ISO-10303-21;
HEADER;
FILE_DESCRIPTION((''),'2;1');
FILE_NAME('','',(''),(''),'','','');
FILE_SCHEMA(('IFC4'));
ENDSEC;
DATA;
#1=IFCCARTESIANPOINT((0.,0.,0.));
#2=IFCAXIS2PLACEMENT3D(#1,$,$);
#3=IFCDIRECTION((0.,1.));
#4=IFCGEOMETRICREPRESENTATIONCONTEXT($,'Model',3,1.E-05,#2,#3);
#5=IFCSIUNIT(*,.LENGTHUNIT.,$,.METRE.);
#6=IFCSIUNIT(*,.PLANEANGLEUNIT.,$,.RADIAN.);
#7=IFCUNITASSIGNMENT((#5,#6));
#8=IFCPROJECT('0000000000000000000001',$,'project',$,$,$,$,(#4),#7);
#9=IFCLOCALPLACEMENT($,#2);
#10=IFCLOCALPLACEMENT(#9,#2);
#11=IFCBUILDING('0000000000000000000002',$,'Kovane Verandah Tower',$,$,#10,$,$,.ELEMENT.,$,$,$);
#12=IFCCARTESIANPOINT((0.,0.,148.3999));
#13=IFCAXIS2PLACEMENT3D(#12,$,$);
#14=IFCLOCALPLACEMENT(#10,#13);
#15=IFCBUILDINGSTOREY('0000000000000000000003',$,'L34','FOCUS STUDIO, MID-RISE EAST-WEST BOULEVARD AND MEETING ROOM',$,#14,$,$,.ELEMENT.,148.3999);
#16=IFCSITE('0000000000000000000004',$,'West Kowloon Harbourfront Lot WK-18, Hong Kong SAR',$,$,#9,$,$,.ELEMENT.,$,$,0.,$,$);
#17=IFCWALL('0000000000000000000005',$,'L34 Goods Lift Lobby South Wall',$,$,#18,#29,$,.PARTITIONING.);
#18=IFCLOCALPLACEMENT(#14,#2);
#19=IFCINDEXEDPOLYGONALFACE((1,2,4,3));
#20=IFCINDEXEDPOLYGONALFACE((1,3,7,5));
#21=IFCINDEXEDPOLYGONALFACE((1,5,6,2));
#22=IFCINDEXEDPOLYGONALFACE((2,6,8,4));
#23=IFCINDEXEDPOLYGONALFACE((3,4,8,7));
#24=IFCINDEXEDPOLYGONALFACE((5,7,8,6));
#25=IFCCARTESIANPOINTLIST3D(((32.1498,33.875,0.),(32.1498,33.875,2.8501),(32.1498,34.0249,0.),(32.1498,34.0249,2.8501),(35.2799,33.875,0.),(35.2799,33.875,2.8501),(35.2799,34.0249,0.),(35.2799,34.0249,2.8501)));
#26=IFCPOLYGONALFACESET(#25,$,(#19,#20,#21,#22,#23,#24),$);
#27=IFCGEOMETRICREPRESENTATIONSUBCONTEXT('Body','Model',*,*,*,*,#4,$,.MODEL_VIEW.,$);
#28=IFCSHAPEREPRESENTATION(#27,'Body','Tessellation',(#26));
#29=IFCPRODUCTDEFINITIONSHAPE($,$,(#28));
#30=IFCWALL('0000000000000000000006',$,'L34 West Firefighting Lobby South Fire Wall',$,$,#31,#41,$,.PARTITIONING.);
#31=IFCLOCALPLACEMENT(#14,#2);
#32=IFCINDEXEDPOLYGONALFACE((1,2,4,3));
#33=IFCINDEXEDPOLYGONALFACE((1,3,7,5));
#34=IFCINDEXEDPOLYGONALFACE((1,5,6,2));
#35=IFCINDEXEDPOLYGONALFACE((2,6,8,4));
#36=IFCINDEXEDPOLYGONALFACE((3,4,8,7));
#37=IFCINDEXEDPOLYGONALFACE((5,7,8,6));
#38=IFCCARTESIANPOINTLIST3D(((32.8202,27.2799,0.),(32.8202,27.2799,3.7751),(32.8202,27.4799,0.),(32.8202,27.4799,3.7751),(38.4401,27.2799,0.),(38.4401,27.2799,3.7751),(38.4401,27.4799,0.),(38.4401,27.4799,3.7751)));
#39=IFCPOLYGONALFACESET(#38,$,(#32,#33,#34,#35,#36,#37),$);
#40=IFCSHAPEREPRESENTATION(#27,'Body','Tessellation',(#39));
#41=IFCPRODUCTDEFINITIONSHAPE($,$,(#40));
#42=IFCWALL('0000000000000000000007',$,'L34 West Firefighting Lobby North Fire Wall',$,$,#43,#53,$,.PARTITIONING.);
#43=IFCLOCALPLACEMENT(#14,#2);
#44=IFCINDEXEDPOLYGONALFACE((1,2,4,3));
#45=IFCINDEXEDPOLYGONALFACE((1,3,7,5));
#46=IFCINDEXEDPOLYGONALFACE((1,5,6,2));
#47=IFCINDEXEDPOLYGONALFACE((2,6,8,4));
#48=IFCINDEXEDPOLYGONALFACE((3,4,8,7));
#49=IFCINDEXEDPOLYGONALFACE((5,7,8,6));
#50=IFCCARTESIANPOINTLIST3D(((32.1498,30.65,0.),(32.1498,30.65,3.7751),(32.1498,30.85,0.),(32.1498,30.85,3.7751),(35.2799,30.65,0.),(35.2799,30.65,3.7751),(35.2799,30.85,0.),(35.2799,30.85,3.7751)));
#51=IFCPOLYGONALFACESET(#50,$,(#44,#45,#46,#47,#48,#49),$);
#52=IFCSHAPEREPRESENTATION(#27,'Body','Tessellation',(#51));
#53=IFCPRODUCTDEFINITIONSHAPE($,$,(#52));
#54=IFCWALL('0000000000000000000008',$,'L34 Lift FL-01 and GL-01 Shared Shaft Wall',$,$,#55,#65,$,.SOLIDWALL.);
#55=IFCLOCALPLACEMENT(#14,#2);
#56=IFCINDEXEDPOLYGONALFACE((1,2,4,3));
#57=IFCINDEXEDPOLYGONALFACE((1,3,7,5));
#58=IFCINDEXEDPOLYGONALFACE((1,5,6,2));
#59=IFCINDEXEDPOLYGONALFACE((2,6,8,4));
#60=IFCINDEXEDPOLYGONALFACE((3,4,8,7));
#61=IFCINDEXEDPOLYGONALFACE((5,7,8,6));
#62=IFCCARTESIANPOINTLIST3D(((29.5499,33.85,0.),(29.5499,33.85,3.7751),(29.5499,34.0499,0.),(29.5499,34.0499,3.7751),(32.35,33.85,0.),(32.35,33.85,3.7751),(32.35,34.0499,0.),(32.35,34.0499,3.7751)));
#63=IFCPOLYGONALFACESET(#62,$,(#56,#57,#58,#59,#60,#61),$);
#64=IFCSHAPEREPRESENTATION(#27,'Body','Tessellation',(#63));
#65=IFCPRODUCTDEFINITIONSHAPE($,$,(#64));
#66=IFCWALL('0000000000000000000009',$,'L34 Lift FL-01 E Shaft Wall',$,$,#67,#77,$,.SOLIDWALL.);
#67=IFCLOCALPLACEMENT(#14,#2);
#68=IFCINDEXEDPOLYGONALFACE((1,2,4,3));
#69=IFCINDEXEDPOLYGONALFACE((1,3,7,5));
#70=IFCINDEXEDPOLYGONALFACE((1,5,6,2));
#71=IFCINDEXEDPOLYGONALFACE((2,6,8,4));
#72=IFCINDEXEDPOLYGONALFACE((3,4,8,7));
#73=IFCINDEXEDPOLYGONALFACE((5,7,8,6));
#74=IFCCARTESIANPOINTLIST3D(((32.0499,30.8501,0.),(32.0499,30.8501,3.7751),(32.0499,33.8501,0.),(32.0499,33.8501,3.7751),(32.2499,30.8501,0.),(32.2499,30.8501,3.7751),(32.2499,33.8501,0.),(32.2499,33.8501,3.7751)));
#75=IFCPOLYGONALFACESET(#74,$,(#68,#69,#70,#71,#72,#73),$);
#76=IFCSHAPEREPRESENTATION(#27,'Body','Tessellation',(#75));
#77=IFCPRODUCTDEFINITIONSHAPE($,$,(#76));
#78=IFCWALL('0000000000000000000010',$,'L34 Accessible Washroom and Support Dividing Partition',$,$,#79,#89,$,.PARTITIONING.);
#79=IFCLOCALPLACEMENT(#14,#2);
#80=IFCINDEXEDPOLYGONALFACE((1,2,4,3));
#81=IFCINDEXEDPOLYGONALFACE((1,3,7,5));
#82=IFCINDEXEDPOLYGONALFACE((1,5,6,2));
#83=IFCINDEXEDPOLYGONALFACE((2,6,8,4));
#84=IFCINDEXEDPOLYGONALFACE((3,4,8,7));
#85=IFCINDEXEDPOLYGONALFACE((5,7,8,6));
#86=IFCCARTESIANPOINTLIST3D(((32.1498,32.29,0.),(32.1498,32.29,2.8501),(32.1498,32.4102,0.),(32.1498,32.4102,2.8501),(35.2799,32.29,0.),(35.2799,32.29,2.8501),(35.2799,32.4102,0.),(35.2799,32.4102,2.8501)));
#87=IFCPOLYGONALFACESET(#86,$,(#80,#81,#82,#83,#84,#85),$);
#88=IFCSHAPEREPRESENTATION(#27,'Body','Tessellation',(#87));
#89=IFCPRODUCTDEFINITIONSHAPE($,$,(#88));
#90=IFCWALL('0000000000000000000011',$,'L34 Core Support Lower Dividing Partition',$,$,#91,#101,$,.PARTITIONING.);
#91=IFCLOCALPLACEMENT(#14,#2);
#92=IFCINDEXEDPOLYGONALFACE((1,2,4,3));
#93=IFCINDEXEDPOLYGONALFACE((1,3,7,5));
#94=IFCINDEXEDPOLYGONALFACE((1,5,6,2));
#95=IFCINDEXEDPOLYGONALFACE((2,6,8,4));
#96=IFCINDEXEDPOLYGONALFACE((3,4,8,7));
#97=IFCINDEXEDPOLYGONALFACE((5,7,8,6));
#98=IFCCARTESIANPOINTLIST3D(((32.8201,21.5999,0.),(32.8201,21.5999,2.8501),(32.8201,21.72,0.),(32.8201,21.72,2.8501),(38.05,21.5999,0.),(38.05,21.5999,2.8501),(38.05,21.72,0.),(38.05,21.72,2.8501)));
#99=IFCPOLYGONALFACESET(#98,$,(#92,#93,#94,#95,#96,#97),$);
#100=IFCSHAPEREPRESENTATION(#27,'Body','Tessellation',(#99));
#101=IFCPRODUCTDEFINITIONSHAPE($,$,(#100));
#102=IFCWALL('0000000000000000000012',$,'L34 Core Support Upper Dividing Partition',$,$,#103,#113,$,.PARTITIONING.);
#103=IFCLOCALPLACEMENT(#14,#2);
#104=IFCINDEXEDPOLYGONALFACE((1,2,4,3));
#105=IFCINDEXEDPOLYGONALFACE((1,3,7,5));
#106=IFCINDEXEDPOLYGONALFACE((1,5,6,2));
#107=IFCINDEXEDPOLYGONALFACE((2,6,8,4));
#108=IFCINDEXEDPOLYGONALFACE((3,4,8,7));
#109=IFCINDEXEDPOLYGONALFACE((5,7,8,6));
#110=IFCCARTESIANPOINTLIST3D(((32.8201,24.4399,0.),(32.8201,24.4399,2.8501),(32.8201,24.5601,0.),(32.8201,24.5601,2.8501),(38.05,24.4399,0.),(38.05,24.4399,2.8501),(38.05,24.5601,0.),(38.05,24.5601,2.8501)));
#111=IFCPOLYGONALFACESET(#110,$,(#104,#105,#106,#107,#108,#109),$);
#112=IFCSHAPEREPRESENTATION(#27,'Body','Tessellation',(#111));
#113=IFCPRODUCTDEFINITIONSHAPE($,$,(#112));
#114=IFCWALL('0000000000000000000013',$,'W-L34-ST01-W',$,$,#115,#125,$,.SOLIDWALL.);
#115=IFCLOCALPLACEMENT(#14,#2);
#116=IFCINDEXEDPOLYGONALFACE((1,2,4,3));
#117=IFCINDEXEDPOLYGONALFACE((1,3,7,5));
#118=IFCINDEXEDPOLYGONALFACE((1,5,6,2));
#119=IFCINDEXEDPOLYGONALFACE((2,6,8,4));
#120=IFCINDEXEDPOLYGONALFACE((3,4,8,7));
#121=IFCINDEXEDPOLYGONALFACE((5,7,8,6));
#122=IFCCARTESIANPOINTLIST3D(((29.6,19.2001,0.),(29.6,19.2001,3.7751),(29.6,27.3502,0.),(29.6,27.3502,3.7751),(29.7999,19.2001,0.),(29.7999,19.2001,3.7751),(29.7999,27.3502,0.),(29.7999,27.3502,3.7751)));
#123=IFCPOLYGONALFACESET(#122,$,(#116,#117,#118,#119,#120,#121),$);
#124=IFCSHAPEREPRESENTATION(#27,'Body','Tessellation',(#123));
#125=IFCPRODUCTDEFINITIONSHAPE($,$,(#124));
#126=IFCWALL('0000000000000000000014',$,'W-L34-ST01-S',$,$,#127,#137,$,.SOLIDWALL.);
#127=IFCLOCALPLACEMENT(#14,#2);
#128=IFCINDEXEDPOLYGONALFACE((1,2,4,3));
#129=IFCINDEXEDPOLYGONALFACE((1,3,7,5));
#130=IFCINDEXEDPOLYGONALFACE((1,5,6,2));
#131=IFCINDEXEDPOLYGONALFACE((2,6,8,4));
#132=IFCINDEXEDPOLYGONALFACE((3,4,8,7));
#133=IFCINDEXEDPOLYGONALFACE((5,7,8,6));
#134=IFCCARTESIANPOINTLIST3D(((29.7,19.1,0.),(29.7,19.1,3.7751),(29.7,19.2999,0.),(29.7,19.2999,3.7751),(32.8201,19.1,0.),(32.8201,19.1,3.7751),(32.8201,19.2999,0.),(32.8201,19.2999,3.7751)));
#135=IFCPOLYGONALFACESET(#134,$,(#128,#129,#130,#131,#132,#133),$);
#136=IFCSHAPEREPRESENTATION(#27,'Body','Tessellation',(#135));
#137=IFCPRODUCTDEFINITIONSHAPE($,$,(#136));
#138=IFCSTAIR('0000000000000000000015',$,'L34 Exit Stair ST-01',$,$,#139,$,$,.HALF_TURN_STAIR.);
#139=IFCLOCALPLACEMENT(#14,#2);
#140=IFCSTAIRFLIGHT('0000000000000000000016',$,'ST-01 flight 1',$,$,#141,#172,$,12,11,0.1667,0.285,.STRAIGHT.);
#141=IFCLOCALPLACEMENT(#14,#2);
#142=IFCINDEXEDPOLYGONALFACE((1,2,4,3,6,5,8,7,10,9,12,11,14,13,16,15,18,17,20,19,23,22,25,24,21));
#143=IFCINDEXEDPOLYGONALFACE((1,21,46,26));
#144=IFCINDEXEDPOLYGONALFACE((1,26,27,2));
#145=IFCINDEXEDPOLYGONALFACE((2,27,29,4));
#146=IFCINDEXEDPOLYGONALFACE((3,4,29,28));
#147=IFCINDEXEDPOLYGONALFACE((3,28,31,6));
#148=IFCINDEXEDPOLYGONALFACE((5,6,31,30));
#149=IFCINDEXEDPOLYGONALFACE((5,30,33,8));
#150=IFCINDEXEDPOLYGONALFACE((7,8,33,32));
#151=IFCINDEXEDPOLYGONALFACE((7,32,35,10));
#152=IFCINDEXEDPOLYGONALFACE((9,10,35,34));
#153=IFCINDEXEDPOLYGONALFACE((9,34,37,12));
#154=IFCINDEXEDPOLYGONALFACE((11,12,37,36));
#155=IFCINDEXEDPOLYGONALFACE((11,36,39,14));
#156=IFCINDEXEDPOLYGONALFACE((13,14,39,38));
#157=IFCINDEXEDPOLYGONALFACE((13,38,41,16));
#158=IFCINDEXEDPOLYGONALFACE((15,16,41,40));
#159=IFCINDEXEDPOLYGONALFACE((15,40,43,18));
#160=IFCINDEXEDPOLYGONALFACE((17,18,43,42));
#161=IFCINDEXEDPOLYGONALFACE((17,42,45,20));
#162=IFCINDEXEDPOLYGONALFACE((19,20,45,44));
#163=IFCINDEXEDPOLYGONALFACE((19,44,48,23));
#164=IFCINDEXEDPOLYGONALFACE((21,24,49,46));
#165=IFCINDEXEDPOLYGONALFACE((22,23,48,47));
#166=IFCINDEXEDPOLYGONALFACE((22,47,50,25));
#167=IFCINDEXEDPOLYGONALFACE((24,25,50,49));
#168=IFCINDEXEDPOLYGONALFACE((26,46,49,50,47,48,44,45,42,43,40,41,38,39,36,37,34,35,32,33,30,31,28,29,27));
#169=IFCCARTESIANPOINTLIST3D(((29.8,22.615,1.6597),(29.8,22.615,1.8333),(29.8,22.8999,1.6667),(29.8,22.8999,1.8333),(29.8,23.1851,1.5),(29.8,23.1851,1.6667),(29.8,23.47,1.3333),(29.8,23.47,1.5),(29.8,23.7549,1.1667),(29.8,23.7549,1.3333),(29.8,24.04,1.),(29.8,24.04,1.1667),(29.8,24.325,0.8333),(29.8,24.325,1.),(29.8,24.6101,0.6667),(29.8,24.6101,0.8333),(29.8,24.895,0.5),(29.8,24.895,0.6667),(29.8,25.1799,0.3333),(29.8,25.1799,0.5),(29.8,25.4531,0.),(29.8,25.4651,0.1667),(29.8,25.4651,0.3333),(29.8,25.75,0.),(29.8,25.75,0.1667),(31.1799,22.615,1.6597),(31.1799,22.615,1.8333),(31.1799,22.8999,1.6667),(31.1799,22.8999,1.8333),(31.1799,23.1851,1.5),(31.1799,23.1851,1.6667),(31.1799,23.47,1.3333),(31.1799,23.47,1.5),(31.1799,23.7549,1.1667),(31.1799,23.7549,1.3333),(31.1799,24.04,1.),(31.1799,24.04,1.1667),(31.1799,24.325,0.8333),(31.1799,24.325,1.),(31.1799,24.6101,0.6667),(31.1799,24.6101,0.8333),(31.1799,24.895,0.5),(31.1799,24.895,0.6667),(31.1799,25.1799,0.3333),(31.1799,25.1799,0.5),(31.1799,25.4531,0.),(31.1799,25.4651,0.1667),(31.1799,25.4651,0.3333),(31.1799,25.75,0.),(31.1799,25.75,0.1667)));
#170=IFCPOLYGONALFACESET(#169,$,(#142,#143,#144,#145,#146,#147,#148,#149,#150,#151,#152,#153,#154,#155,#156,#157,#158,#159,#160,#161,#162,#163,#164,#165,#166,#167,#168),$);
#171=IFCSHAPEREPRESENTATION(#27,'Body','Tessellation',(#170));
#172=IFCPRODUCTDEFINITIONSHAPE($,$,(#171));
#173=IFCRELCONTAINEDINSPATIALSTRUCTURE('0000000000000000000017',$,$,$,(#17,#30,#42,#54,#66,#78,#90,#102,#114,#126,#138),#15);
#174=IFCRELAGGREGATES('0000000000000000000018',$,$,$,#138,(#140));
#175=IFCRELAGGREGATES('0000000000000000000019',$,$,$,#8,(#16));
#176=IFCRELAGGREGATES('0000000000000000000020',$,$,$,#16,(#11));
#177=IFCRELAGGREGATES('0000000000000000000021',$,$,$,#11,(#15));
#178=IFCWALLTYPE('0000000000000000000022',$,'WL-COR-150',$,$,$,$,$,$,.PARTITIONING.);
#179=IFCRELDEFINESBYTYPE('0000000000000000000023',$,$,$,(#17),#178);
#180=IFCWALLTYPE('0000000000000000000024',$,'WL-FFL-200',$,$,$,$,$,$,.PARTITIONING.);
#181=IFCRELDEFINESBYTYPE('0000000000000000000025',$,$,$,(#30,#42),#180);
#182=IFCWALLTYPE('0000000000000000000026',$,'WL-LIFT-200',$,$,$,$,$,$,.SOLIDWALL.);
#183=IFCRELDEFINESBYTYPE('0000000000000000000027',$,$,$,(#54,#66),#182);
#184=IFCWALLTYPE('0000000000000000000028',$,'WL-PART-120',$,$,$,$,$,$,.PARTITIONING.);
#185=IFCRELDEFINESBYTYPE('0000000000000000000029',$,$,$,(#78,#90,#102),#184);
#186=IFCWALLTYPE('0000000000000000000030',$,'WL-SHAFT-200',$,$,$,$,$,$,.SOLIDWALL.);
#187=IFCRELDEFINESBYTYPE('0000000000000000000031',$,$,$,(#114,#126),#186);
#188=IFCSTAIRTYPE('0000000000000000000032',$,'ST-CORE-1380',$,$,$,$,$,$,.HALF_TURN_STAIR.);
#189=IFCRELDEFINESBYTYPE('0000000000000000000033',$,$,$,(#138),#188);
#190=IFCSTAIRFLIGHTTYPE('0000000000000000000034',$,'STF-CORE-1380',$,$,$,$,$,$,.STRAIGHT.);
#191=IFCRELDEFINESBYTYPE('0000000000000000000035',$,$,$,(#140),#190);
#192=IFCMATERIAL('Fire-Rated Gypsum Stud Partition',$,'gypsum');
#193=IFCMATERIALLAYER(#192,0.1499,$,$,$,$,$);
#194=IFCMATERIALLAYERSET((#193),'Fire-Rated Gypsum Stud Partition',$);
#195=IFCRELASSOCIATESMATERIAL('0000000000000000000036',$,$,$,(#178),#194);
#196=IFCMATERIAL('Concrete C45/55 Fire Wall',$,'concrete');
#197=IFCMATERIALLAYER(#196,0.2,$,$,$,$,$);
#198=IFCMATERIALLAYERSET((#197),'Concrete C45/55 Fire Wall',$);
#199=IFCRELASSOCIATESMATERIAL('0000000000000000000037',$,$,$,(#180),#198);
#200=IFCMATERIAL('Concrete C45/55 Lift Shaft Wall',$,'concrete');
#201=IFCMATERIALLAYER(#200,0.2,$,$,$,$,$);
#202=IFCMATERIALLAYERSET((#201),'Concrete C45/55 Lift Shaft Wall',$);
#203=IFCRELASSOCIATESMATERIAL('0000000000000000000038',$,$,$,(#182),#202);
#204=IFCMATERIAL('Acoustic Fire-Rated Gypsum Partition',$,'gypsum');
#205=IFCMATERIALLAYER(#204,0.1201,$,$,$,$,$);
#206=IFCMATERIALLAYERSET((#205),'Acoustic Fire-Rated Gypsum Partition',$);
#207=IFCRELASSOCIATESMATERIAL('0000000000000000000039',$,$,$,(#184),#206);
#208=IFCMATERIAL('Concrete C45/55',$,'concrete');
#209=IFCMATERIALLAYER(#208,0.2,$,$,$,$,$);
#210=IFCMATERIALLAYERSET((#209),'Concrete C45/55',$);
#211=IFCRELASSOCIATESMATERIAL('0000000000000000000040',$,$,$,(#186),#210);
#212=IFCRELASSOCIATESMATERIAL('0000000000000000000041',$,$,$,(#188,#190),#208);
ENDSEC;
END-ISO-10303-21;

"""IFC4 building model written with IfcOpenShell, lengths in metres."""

from ifc_helpers import new_model, si_unit, direction, frame, frame_2d, origin, place, context, subcontext, project, spatial, polyline, rectangle, outline, extrude, material, layer, layer_set, type_object, element, aggregate, save


model = new_model("IFC4")

# Units and contexts
model_context = context("Model", 3, precision=1e-05, world=origin(), true_north=direction((0.0, 1.0)))
body_context = subcontext(model_context, "Body", "Model", "MODEL_VIEW")
ifc_project = project(units=[si_unit("LENGTHUNIT", "METRE"), si_unit("PLANEANGLEUNIT", "RADIAN")], contexts=[model_context])

# Site, building, storey
site_placement = place(None, origin())
site = spatial("IfcSite", under=ifc_project, at=site_placement, Name="West Kowloon Harbourfront Lot WK-18, Hong Kong SAR", CompositionType="ELEMENT", RefElevation=0.0)
building_placement = place(site_placement, origin())
building = spatial("IfcBuilding", under=site, at=building_placement, Name="Kovane Verandah Tower", CompositionType="ELEMENT")
storey_placement = place(building_placement, frame((0.0, 0.0, 148.3999)))
storey = spatial("IfcBuildingStorey", under=building, at=storey_placement, Name="L34", Description="FOCUS STUDIO, MID-RISE EAST-WEST BOULEVARD AND MEETING ROOM", CompositionType="ELEMENT", Elevation=148.3999)

# Walls
ifc_material_1 = material(Name="Fire-Rated Gypsum Stud Partition", Category="gypsum")
ifc_layer_1 = layer(ifc_material_1, 0.1499)
ifc_layer_set_1 = layer_set([ifc_layer_1], Name="Fire-Rated Gypsum Stud Partition")
wall_type_1 = type_object("IfcWallType", Name="WL-COR-150", PredefinedType="PARTITIONING", material=ifc_layer_set_1)
wall_1_placement = place(storey_placement, frame((32.1499, 33.95, 0.0), z_axis=(0.0, 0.0, 1.0), x_axis=(1.0, 0.0, 0.0)))
element("IfcWall", 1, at=wall_1_placement, inside=storey, type_object=wall_type_1, Name="L34 Goods Lift Lobby South Wall", PredefinedType="PARTITIONING", context=body_context, shape_type="SweptSolid", body=[
    extrude(rectangle(XDim=3.1301, YDim=0.1499, at=frame_2d((1.5649, 0.0))), origin(), (0.0, 0.0, 1.0), 2.8501),
])
ifc_material_2 = material(Name="Concrete C45/55 Fire Wall", Category="concrete")
ifc_layer_2 = layer(ifc_material_2, 0.2)
ifc_layer_set_2 = layer_set([ifc_layer_2], Name="Concrete C45/55 Fire Wall")
wall_type_2 = type_object("IfcWallType", Name="WL-FFL-200", PredefinedType="PARTITIONING", material=ifc_layer_set_2)
wall_2_placement = place(storey_placement, frame((32.8201, 27.3799, 0.0), z_axis=(0.0, 0.0, 1.0), x_axis=(1.0, 0.0, 0.0)))
element("IfcWall", 2, at=wall_2_placement, inside=storey, type_object=wall_type_2, Name="L34 West Firefighting Lobby South Fire Wall", PredefinedType="PARTITIONING", context=body_context, shape_type="SweptSolid", body=[
    extrude(rectangle(XDim=5.6199, YDim=0.2, at=frame_2d((2.8101, 0.0))), origin(), (0.0, 0.0, 1.0), 3.7751),
])
wall_3_placement = place(storey_placement, frame((32.1499, 30.75, 0.0), z_axis=(0.0, 0.0, 1.0), x_axis=(1.0, 0.0, 0.0)))
element("IfcWall", 3, at=wall_3_placement, inside=storey, type_object=wall_type_2, Name="L34 West Firefighting Lobby North Fire Wall", PredefinedType="PARTITIONING", context=body_context, shape_type="SweptSolid", body=[
    extrude(rectangle(XDim=3.1301, YDim=0.2, at=frame_2d((1.5649, 0.0))), origin(), (0.0, 0.0, 1.0), 3.7751),
])

# Shared definitions
ifc_material_3 = material(Name="Concrete C45/55 Lift Shaft Wall", Category="concrete")
ifc_layer_3 = layer(ifc_material_3, 0.2)
ifc_layer_set_3 = layer_set([ifc_layer_3], Name="Concrete C45/55 Lift Shaft Wall")
wall_type_3 = type_object("IfcWallType", Name="WL-LIFT-200", PredefinedType="SOLIDWALL", material=ifc_layer_set_3)

# Walls
wall_4_placement = place(storey_placement, frame((29.55, 33.95, 0.0), z_axis=(0.0, 0.0, 1.0), x_axis=(1.0, 0.0, 0.0)))
element("IfcWall", 4, at=wall_4_placement, inside=storey, type_object=wall_type_3, Name="L34 Lift FL-01 and GL-01 Shared Shaft Wall", PredefinedType="SOLIDWALL", context=body_context, shape_type="SweptSolid", body=[
    extrude(rectangle(XDim=2.8, YDim=0.2, at=frame_2d((1.3999, 0.0))), origin(), (0.0, 0.0, 1.0), 3.7751),
])
wall_5_placement = place(storey_placement, frame((32.1499, 30.8501, 0.0), z_axis=(0.0, 0.0, 1.0), x_axis=(0.0, 1.0, 0.0)))
element("IfcWall", 5, at=wall_5_placement, inside=storey, type_object=wall_type_3, Name="L34 Lift FL-01 E Shaft Wall", PredefinedType="SOLIDWALL", context=body_context, shape_type="SweptSolid", body=[
    extrude(rectangle(XDim=3.0, YDim=0.2, at=frame_2d((1.5, 0.0))), origin(), (0.0, 0.0, 1.0), 3.7751),
])

# Walls
ifc_material_4 = material(Name="Acoustic Fire-Rated Gypsum Partition", Category="gypsum")
ifc_layer_4 = layer(ifc_material_4, 0.1201)
ifc_layer_set_4 = layer_set([ifc_layer_4], Name="Acoustic Fire-Rated Gypsum Partition")
wall_type_4 = type_object("IfcWallType", Name="WL-PART-120", PredefinedType="PARTITIONING", material=ifc_layer_set_4)
wall_6_placement = place(storey_placement, frame((32.1499, 32.3501, 0.0), z_axis=(0.0, 0.0, 1.0), x_axis=(1.0, 0.0, 0.0)))
element("IfcWall", 6, at=wall_6_placement, inside=storey, type_object=wall_type_4, Name="L34 Accessible Washroom and Support Dividing Partition", PredefinedType="PARTITIONING", context=body_context, shape_type="SweptSolid", body=[
    extrude(rectangle(XDim=3.1301, YDim=0.1201, at=frame_2d((1.5649, 0.0))), origin(), (0.0, 0.0, 1.0), 2.8501),
])
for number, where, z_axis, x_axis, name in (
    (7, (32.8201, 21.6599, 0.0), (0.0, 0.0, 1.0), (1.0, 0.0, 0.0), "L34 Core Support Lower Dividing Partition"),
    (8, (32.8201, 24.5, 0.0), (0.0, 0.0, 1.0), (1.0, 0.0, 0.0), "L34 Core Support Upper Dividing Partition"),
):
    element("IfcWall", number, at=place(storey_placement, frame(where, z_axis=z_axis, x_axis=x_axis)), inside=storey, type_object=wall_type_4, Name=name, PredefinedType="PARTITIONING", context=body_context, shape_type="SweptSolid", body=[
        extrude(rectangle(XDim=5.23, YDim=0.1201, at=frame_2d((2.615, 0.0))), origin(), (0.0, 0.0, 1.0), 2.8501),
    ])
ifc_material_5 = material(Name="Concrete C45/55", Category="concrete")
ifc_layer_5 = layer(ifc_material_5, 0.2)
ifc_layer_set_5 = layer_set([ifc_layer_5], Name="Concrete C45/55")
wall_type_5 = type_object("IfcWallType", Name="WL-SHAFT-200", PredefinedType="SOLIDWALL", material=ifc_layer_set_5)
wall_7_placement = place(storey_placement, frame((29.7, 19.2, 0.0), z_axis=(0.0, 0.0, 1.0), x_axis=(0.0, 1.0, 0.0)))
element("IfcWall", 9, at=wall_7_placement, inside=storey, type_object=wall_type_5, Name="W-L34-ST01-W", PredefinedType="SOLIDWALL", context=body_context, shape_type="SweptSolid", body=[
    extrude(rectangle(XDim=8.1501, YDim=0.2, at=frame_2d((4.0752, 0.0))), origin(), (0.0, 0.0, 1.0), 3.7751),
])
wall_8_placement = place(storey_placement, frame((29.7, 19.2, 0.0), z_axis=(0.0, 0.0, 1.0), x_axis=(1.0, 0.0, 0.0)))
element("IfcWall", 10, at=wall_8_placement, inside=storey, type_object=wall_type_5, Name="W-L34-ST01-S", PredefinedType="SOLIDWALL", context=body_context, shape_type="SweptSolid", body=[
    extrude(rectangle(XDim=3.1201, YDim=0.2, at=frame_2d((1.5601, 0.0))), origin(), (0.0, 0.0, 1.0), 3.7751),
])

# Stair, stair flight
stair_type = type_object("IfcStairType", Name="ST-CORE-1380", PredefinedType="HALF_TURN_STAIR", material=ifc_material_5)
stair_placement = place(storey_placement, origin())
stair = element("IfcStair", 11, at=stair_placement, inside=storey, type_object=stair_type, Name="L34 Exit Stair ST-01", PredefinedType="HALF_TURN_STAIR")
stair_flight_type = type_object("IfcStairFlightType", Name="STF-CORE-1380", PredefinedType="STRAIGHT", material=ifc_material_5)
stair_flight_1_placement = place(storey_placement, frame((30.49, 25.75, 0.0), z_axis=(0.0, 0.0, 1.0), x_axis=(0.0, -1.0, 0.0)))
stair_flight_1 = element("IfcStairFlight", 12, at=stair_flight_1_placement, type_object=stair_flight_type, Name="ST-01 flight 1", NumberOfRisers=12, NumberOfTreads=11, PredefinedType="STRAIGHT", RiserHeight=0.1667, TreadLength=0.285, context=body_context, shape_type="SweptSolid", body=[
    extrude(outline(polyline([(0.0, 0.0), (0.0, 0.1667), (0.2849, 0.1667), (0.2849, 0.3333), (0.5701, 0.3333), (0.5701, 0.5), (0.855, 0.5), (0.855, 0.6667), (1.1399, 0.6667), (1.1399, 0.8333), (1.425, 0.8333), (1.425, 1.0), (1.71, 1.0), (1.71, 1.1667), (1.9951, 1.1667), (1.9951, 1.3333), (2.28, 1.3333), (2.28, 1.5), (2.5649, 1.5), (2.5649, 1.6667), (2.8501, 1.6667), (2.8501, 1.8333), (3.135, 1.8333), (3.135, 2.0), (3.135, 1.6597), (0.2969, 0.0), (0.0, 0.0)])), frame((0.0, 0.6899, 0.0), z_axis=(0.0, -1.0, 0.0), x_axis=(1.0, 0.0, 0.0)), (0.0, 0.0, 1.0), 1.3799),
])
aggregate(stair, [stair_flight_1])

save(model, "model.ifc")
